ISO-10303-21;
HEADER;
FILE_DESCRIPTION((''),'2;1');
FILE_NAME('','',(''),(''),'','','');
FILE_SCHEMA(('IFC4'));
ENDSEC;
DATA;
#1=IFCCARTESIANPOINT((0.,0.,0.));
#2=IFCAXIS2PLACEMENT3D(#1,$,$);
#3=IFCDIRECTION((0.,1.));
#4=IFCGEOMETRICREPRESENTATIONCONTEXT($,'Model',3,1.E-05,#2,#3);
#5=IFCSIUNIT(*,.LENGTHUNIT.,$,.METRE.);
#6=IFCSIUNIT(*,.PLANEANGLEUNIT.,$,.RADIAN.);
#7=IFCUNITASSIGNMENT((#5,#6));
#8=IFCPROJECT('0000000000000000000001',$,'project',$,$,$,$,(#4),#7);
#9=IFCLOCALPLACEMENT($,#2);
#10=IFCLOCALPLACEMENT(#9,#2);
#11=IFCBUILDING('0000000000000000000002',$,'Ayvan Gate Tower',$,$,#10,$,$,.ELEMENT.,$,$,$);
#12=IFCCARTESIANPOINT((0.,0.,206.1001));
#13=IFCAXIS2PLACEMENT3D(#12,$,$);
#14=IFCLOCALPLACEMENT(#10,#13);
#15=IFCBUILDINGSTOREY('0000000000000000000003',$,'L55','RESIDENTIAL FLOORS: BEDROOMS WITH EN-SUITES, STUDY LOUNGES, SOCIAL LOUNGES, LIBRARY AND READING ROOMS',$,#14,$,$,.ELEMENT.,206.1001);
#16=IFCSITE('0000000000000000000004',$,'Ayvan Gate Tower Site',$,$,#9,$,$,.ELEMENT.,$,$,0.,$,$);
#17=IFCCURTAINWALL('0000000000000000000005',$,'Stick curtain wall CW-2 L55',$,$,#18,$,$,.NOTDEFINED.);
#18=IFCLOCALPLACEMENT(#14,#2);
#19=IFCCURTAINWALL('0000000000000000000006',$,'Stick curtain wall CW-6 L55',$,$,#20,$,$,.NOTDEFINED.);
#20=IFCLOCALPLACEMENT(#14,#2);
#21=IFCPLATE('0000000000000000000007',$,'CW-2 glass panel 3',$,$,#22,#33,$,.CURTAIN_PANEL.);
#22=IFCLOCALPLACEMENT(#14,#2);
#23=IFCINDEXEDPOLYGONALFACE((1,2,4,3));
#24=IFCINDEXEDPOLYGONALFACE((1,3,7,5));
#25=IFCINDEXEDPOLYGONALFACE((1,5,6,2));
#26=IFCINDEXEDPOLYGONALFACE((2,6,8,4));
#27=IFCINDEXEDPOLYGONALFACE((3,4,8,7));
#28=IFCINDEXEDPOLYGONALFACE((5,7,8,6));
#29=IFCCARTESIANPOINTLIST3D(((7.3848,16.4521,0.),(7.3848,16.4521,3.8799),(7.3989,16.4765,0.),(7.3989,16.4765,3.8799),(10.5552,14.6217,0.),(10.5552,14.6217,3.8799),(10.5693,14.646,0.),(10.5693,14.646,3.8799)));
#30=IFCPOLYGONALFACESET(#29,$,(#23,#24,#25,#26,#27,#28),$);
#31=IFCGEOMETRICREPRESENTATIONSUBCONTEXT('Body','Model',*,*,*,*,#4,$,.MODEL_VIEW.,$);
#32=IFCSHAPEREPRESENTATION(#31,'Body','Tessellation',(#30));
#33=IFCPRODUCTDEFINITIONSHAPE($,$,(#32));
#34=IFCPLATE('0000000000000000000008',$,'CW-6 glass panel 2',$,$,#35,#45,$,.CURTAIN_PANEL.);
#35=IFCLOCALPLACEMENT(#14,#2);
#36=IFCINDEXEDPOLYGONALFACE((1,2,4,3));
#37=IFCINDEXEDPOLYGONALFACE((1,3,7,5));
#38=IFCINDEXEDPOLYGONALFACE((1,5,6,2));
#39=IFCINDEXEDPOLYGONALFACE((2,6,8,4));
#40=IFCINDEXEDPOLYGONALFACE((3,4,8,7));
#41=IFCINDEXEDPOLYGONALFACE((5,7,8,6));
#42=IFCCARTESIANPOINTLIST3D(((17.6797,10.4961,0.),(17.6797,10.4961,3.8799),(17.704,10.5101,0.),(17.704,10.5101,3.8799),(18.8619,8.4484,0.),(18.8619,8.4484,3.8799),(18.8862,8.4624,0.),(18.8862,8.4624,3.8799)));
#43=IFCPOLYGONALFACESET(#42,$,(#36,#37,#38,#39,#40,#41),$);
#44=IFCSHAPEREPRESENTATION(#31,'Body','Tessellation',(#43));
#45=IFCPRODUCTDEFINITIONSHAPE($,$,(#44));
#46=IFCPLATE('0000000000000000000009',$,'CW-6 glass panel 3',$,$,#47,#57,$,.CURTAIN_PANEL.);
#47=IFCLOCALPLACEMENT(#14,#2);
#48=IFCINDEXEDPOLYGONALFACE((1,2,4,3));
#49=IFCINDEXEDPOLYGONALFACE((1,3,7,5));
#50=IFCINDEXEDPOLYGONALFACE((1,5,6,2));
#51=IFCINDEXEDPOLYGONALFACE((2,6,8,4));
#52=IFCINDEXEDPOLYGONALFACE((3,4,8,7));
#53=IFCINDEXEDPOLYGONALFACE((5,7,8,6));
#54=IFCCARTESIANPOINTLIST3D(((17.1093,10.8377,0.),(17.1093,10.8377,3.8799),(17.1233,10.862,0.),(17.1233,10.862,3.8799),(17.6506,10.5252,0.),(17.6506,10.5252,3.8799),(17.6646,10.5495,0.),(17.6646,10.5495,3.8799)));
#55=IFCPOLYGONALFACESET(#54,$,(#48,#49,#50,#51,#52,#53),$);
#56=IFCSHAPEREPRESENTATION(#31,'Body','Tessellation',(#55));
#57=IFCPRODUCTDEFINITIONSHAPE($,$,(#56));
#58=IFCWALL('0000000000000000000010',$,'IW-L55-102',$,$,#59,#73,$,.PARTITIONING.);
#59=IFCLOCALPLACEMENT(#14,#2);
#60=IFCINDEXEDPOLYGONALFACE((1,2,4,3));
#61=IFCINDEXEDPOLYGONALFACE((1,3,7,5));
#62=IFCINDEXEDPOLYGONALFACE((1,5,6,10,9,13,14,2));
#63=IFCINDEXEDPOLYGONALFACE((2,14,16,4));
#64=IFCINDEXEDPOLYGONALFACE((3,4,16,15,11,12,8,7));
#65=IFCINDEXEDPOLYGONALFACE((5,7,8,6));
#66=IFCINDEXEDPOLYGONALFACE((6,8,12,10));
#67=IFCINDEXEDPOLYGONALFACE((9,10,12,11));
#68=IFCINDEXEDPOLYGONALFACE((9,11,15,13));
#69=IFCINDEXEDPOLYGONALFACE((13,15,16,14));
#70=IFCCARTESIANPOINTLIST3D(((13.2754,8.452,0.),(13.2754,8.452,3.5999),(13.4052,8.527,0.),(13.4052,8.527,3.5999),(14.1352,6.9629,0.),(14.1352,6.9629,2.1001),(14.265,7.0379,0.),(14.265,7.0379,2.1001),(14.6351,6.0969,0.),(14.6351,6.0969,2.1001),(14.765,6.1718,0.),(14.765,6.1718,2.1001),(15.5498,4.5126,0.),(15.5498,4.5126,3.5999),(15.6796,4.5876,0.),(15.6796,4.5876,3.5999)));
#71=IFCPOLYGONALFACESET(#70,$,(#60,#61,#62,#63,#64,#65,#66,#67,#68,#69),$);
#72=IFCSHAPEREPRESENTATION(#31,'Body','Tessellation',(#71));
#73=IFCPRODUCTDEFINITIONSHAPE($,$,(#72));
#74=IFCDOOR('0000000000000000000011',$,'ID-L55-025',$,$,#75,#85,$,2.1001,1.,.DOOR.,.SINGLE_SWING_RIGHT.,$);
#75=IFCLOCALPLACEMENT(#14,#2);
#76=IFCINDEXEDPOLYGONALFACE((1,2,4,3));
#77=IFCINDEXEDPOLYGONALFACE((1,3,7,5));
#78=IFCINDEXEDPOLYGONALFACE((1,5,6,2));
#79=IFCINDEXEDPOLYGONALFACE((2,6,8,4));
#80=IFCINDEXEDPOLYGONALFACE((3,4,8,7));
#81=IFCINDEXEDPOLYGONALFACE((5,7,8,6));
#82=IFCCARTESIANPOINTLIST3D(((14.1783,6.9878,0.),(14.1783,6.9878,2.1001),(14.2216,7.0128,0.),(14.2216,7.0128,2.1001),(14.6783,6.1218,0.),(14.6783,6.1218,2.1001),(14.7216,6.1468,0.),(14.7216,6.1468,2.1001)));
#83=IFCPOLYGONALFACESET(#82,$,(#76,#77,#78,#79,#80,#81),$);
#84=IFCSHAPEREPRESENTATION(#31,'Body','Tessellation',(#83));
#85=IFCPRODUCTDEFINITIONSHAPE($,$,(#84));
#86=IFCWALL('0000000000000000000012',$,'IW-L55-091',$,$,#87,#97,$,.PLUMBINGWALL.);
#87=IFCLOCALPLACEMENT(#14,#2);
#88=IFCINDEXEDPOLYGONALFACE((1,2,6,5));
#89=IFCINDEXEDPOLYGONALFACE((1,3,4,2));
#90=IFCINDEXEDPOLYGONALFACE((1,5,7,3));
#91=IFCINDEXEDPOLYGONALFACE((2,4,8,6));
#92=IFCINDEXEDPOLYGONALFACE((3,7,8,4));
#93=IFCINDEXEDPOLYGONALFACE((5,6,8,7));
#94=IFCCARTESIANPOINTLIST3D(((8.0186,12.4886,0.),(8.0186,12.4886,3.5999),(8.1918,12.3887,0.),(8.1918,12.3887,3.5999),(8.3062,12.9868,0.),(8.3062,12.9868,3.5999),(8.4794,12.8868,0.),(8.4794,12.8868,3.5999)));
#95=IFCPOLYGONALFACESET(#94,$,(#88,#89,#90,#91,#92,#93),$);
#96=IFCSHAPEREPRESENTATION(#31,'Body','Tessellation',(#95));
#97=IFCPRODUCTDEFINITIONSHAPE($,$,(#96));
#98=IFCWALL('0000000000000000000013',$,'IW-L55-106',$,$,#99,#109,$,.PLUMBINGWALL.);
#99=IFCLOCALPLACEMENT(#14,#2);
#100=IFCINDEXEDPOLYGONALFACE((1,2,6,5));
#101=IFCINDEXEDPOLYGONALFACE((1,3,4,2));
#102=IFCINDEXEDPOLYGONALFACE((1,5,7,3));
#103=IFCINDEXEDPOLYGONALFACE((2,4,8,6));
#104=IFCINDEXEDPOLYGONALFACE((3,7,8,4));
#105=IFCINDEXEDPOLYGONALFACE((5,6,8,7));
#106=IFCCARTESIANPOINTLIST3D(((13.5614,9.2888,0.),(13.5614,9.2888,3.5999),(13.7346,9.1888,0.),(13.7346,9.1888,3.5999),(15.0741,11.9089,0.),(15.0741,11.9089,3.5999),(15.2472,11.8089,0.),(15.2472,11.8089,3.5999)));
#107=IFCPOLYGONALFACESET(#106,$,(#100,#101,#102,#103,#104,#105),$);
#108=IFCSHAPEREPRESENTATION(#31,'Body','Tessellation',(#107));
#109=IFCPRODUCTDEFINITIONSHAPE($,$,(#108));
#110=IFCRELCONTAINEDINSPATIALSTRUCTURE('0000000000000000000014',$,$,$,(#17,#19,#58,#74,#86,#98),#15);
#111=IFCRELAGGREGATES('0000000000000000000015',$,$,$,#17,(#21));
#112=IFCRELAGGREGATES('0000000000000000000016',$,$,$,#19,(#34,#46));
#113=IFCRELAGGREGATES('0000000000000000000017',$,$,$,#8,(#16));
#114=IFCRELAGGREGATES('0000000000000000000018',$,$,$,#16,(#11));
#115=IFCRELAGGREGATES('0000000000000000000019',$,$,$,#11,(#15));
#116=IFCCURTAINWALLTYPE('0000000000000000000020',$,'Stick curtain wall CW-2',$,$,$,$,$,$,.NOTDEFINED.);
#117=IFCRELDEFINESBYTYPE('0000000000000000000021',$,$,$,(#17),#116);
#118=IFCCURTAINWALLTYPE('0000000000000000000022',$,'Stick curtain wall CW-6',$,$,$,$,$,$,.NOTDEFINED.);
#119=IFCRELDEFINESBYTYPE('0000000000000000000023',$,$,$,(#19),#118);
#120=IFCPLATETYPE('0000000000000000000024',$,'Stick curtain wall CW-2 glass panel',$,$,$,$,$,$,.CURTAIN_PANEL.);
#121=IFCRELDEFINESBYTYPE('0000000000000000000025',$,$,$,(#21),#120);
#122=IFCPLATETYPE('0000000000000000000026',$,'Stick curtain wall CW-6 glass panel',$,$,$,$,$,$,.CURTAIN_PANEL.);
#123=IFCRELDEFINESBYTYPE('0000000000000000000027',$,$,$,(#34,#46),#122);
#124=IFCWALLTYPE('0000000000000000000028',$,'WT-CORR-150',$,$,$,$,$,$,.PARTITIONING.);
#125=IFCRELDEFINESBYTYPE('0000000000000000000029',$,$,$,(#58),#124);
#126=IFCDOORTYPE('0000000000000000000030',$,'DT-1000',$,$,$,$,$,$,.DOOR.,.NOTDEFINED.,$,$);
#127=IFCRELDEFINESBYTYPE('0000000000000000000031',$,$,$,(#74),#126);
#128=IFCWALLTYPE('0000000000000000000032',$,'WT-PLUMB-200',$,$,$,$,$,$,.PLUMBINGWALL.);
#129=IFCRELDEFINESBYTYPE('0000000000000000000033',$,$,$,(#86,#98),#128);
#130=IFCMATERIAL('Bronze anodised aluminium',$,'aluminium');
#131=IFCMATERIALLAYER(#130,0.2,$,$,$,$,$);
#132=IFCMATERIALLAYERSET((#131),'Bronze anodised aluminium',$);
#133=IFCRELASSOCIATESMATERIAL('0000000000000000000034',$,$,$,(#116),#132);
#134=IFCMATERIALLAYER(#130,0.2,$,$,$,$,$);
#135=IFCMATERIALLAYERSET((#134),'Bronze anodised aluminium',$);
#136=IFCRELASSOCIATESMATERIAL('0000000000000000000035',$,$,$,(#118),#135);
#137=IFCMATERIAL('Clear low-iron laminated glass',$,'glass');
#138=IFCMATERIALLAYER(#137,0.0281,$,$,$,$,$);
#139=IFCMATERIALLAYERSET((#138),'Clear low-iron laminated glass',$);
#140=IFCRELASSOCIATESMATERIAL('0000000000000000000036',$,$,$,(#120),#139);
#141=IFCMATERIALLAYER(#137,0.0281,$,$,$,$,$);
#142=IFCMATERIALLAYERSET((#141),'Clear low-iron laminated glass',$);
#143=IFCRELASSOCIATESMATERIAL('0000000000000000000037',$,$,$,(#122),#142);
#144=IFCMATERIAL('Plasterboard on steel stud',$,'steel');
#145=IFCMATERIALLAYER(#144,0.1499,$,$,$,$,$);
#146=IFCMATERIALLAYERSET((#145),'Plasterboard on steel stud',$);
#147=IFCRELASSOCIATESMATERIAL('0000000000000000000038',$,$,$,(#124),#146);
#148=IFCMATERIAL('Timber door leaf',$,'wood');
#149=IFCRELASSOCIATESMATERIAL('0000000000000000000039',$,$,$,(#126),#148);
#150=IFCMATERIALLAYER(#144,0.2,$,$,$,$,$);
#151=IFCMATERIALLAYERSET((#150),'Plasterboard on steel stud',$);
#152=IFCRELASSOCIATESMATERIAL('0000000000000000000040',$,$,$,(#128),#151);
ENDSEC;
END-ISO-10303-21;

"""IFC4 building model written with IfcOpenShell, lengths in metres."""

from ifc_helpers import new_model, si_unit, direction, frame, frame_2d, origin, origin_2d, place, context, subcontext, project, spatial, rectangle, extrude, material, layer, layer_set, type_object, element, fill, aggregate, save


model = new_model("IFC4")

# Units and contexts
model_context = context("Model", 3, precision=1e-05, world=origin(), true_north=direction((0.0, 1.0)))
body_context = subcontext(model_context, "Body", "Model", "MODEL_VIEW")
ifc_project = project(units=[si_unit("LENGTHUNIT", "METRE"), si_unit("PLANEANGLEUNIT", "RADIAN")], contexts=[model_context])

# Site, building, storey
site_placement = place(None, origin())
site = spatial("IfcSite", under=ifc_project, at=site_placement, Name="Ayvan Gate Tower Site", CompositionType="ELEMENT", RefElevation=0.0)
building_placement = place(site_placement, origin())
building = spatial("IfcBuilding", under=site, at=building_placement, Name="Ayvan Gate Tower", CompositionType="ELEMENT")
storey_placement = place(building_placement, frame((0.0, 0.0, 206.1001)))
storey = spatial("IfcBuildingStorey", under=building, at=storey_placement, Name="L55", Description="RESIDENTIAL FLOORS: BEDROOMS WITH EN-SUITES, STUDY LOUNGES, SOCIAL LOUNGES, LIBRARY AND READING ROOMS", CompositionType="ELEMENT", Elevation=206.1001)

# Curtain walls
ifc_material_1 = material(Name="Bronze anodised aluminium", Category="aluminium")
ifc_layer_1 = layer(ifc_material_1, 0.2)
ifc_layer_set_1 = layer_set([ifc_layer_1], Name="Bronze anodised aluminium")
curtain_wall_type_1 = type_object("IfcCurtainWallType", Name="Stick curtain wall CW-2", PredefinedType="NOTDEFINED", material=ifc_layer_set_1)
curtain_wall_1_placement = place(storey_placement, origin())
curtain_wall_1 = element("IfcCurtainWall", 1, at=curtain_wall_1_placement, inside=storey, type_object=curtain_wall_type_1, Name="Stick curtain wall CW-2 L55", PredefinedType="NOTDEFINED")
ifc_layer_2 = layer(ifc_material_1, 0.2)
ifc_layer_set_2 = layer_set([ifc_layer_2], Name="Bronze anodised aluminium")
curtain_wall_type_2 = type_object("IfcCurtainWallType", Name="Stick curtain wall CW-6", PredefinedType="NOTDEFINED", material=ifc_layer_set_2)
curtain_wall_2_placement = place(storey_placement, origin())
curtain_wall_2 = element("IfcCurtainWall", 2, at=curtain_wall_2_placement, inside=storey, type_object=curtain_wall_type_2, Name="Stick curtain wall CW-6 L55", PredefinedType="NOTDEFINED")

# Plates
ifc_material_2 = material(Name="Clear low-iron laminated glass", Category="glass")
ifc_layer_3 = layer(ifc_material_2, 0.0281)
ifc_layer_set_3 = layer_set([ifc_layer_3], Name="Clear low-iron laminated glass")
plate_type_1 = type_object("IfcPlateType", Name="Stick curtain wall CW-2 glass panel", PredefinedType="CURTAIN_PANEL", material=ifc_layer_set_3)
plate_1_placement = place(storey_placement, frame((8.9771, 15.5491, 0.0), z_axis=(0.0, 0.0, 1.0), x_axis=(-0.866025, 0.5, 0.0)))
plate_1 = element("IfcPlate", 3, at=plate_1_placement, type_object=plate_type_1, Name="CW-2 glass panel 3", PredefinedType="CURTAIN_PANEL", context=body_context, shape_type="SweptSolid", body=[
    extrude(rectangle(XDim=3.6609, YDim=0.0281, at=origin_2d()), origin(), (0.0, 0.0, 1.0), 3.8799),
])
aggregate(curtain_wall_1, [plate_1])
ifc_layer_4 = layer(ifc_material_2, 0.0281)
ifc_layer_set_4 = layer_set([ifc_layer_4], Name="Clear low-iron laminated glass")
plate_type_2 = type_object("IfcPlateType", Name="Stick curtain wall CW-6 glass panel", PredefinedType="CURTAIN_PANEL", material=ifc_layer_set_4)
plate_2_placement = place(storey_placement, frame((18.283, 9.4792, 0.0), z_axis=(0.0, 0.0, 1.0), x_axis=(-0.5, 0.866025, 0.0)))
plate_2 = element("IfcPlate", 4, at=plate_2_placement, type_object=plate_type_2, Name="CW-6 glass panel 2", PredefinedType="CURTAIN_PANEL", context=body_context, shape_type="SweptSolid", body=[
    extrude(rectangle(XDim=2.3645, YDim=0.0281, at=origin_2d()), origin(), (0.0, 0.0, 1.0), 3.8799),
])
plate_3_placement = place(storey_placement, frame((17.387, 10.6936, 0.0), z_axis=(0.0, 0.0, 1.0), x_axis=(-0.866025, 0.5, 0.0)))
plate_3 = element("IfcPlate", 5, at=plate_3_placement, type_object=plate_type_2, Name="CW-6 glass panel 3", PredefinedType="CURTAIN_PANEL", context=body_context, shape_type="SweptSolid", body=[
    extrude(rectangle(XDim=0.625, YDim=0.0281, at=origin_2d()), origin(), (0.0, 0.0, 1.0), 3.8799),
])
aggregate(curtain_wall_2, [plate_2, plate_3])

# Wall, opening, door
ifc_material_3 = material(Name="Plasterboard on steel stud", Category="steel")
ifc_layer_5 = layer(ifc_material_3, 0.1499)
ifc_layer_set_5 = layer_set([ifc_layer_5], Name="Plasterboard on steel stud")
wall_type_1 = type_object("IfcWallType", Name="WT-CORR-150", PredefinedType="PARTITIONING", material=ifc_layer_set_5)
wall_1_placement = place(storey_placement, frame((13.3403, 8.4895, 0.0), z_axis=(0.0, 0.0, 1.0), x_axis=(0.499995, -0.866028, 0.0)))
wall_1 = element("IfcWall", 6, at=wall_1_placement, inside=storey, type_object=wall_type_1, Name="IW-L55-102", PredefinedType="PARTITIONING", context=body_context, shape_type="SweptSolid", body=[
    extrude(rectangle(XDim=4.5488, YDim=0.1499, at=frame_2d((2.2744, 0.0))), origin(), (0.0, 0.0, 1.0), 3.5999),
])
opening_placement = place(wall_1_placement, frame((1.7195, 0.0, 0.0)))
opening = element("IfcOpeningElement", 7, at=opening_placement, cuts=wall_1, PredefinedType="OPENING", context=body_context, shape_type="SweptSolid", body=[
    extrude(rectangle(XDim=1.0, YDim=2.1001, at=frame_2d((0.5, 1.05))), frame((0.0, 0.085, 0.0), z_axis=(0.0, -1.0, 0.0), x_axis=(1.0, 0.0, 0.0)), (0.0, 0.0, 1.0), 0.1699),
])
ifc_material_4 = material(Name="Timber door leaf", Category="wood")
door_type = type_object("IfcDoorType", Name="DT-1000", OperationType="NOTDEFINED", PredefinedType="DOOR", material=ifc_material_4)
door_placement = place(opening_placement, origin())
door = element("IfcDoor", 8, at=door_placement, inside=storey, type_object=door_type, Name="ID-L55-025", OperationType="SINGLE_SWING_RIGHT", OverallHeight=2.1001, OverallWidth=1.0, PredefinedType="DOOR", context=body_context, shape_type="SweptSolid", body=[
    extrude(rectangle(XDim=1.0, YDim=2.1001, at=frame_2d((0.5, 1.05))), frame((0.0, 0.0249, 0.0), z_axis=(0.0, -1.0, 0.0), x_axis=(1.0, 0.0, 0.0)), (0.0, 0.0, 1.0), 0.05),
])
fill(opening, door)

# Walls
ifc_layer_6 = layer(ifc_material_3, 0.2)
ifc_layer_set_6 = layer_set([ifc_layer_6], Name="Plasterboard on steel stud")
wall_type_2 = type_object("IfcWallType", Name="WT-PLUMB-200", PredefinedType="PLUMBINGWALL", material=ifc_layer_set_6)
wall_2_placement = place(storey_placement, frame((8.3928, 12.9368, 0.0), z_axis=(0.0, 0.0, 1.0), x_axis=(-0.500065, -0.865988, 0.0)))
element("IfcWall", 9, at=wall_2_placement, inside=storey, type_object=wall_type_2, Name="IW-L55-091", PredefinedType="PLUMBINGWALL", context=body_context, shape_type="SweptSolid", body=[
    extrude(rectangle(XDim=0.5752, YDim=0.2, at=frame_2d((0.2876, 0.0))), origin(), (0.0, 0.0, 1.0), 3.5999),
])
wall_3_placement = place(storey_placement, frame((15.1606, 11.8589, 0.0), z_axis=(0.0, 0.0, 1.0), x_axis=(-0.499993, -0.86603, 0.0)))
element("IfcWall", 10, at=wall_3_placement, inside=storey, type_object=wall_type_2, Name="IW-L55-106", PredefinedType="PLUMBINGWALL", context=body_context, shape_type="SweptSolid", body=[
    extrude(rectangle(XDim=3.0254, YDim=0.2, at=frame_2d((1.5127, 0.0))), origin(), (0.0, 0.0, 1.0), 3.5999),
])

save(model, "model.ifc")
